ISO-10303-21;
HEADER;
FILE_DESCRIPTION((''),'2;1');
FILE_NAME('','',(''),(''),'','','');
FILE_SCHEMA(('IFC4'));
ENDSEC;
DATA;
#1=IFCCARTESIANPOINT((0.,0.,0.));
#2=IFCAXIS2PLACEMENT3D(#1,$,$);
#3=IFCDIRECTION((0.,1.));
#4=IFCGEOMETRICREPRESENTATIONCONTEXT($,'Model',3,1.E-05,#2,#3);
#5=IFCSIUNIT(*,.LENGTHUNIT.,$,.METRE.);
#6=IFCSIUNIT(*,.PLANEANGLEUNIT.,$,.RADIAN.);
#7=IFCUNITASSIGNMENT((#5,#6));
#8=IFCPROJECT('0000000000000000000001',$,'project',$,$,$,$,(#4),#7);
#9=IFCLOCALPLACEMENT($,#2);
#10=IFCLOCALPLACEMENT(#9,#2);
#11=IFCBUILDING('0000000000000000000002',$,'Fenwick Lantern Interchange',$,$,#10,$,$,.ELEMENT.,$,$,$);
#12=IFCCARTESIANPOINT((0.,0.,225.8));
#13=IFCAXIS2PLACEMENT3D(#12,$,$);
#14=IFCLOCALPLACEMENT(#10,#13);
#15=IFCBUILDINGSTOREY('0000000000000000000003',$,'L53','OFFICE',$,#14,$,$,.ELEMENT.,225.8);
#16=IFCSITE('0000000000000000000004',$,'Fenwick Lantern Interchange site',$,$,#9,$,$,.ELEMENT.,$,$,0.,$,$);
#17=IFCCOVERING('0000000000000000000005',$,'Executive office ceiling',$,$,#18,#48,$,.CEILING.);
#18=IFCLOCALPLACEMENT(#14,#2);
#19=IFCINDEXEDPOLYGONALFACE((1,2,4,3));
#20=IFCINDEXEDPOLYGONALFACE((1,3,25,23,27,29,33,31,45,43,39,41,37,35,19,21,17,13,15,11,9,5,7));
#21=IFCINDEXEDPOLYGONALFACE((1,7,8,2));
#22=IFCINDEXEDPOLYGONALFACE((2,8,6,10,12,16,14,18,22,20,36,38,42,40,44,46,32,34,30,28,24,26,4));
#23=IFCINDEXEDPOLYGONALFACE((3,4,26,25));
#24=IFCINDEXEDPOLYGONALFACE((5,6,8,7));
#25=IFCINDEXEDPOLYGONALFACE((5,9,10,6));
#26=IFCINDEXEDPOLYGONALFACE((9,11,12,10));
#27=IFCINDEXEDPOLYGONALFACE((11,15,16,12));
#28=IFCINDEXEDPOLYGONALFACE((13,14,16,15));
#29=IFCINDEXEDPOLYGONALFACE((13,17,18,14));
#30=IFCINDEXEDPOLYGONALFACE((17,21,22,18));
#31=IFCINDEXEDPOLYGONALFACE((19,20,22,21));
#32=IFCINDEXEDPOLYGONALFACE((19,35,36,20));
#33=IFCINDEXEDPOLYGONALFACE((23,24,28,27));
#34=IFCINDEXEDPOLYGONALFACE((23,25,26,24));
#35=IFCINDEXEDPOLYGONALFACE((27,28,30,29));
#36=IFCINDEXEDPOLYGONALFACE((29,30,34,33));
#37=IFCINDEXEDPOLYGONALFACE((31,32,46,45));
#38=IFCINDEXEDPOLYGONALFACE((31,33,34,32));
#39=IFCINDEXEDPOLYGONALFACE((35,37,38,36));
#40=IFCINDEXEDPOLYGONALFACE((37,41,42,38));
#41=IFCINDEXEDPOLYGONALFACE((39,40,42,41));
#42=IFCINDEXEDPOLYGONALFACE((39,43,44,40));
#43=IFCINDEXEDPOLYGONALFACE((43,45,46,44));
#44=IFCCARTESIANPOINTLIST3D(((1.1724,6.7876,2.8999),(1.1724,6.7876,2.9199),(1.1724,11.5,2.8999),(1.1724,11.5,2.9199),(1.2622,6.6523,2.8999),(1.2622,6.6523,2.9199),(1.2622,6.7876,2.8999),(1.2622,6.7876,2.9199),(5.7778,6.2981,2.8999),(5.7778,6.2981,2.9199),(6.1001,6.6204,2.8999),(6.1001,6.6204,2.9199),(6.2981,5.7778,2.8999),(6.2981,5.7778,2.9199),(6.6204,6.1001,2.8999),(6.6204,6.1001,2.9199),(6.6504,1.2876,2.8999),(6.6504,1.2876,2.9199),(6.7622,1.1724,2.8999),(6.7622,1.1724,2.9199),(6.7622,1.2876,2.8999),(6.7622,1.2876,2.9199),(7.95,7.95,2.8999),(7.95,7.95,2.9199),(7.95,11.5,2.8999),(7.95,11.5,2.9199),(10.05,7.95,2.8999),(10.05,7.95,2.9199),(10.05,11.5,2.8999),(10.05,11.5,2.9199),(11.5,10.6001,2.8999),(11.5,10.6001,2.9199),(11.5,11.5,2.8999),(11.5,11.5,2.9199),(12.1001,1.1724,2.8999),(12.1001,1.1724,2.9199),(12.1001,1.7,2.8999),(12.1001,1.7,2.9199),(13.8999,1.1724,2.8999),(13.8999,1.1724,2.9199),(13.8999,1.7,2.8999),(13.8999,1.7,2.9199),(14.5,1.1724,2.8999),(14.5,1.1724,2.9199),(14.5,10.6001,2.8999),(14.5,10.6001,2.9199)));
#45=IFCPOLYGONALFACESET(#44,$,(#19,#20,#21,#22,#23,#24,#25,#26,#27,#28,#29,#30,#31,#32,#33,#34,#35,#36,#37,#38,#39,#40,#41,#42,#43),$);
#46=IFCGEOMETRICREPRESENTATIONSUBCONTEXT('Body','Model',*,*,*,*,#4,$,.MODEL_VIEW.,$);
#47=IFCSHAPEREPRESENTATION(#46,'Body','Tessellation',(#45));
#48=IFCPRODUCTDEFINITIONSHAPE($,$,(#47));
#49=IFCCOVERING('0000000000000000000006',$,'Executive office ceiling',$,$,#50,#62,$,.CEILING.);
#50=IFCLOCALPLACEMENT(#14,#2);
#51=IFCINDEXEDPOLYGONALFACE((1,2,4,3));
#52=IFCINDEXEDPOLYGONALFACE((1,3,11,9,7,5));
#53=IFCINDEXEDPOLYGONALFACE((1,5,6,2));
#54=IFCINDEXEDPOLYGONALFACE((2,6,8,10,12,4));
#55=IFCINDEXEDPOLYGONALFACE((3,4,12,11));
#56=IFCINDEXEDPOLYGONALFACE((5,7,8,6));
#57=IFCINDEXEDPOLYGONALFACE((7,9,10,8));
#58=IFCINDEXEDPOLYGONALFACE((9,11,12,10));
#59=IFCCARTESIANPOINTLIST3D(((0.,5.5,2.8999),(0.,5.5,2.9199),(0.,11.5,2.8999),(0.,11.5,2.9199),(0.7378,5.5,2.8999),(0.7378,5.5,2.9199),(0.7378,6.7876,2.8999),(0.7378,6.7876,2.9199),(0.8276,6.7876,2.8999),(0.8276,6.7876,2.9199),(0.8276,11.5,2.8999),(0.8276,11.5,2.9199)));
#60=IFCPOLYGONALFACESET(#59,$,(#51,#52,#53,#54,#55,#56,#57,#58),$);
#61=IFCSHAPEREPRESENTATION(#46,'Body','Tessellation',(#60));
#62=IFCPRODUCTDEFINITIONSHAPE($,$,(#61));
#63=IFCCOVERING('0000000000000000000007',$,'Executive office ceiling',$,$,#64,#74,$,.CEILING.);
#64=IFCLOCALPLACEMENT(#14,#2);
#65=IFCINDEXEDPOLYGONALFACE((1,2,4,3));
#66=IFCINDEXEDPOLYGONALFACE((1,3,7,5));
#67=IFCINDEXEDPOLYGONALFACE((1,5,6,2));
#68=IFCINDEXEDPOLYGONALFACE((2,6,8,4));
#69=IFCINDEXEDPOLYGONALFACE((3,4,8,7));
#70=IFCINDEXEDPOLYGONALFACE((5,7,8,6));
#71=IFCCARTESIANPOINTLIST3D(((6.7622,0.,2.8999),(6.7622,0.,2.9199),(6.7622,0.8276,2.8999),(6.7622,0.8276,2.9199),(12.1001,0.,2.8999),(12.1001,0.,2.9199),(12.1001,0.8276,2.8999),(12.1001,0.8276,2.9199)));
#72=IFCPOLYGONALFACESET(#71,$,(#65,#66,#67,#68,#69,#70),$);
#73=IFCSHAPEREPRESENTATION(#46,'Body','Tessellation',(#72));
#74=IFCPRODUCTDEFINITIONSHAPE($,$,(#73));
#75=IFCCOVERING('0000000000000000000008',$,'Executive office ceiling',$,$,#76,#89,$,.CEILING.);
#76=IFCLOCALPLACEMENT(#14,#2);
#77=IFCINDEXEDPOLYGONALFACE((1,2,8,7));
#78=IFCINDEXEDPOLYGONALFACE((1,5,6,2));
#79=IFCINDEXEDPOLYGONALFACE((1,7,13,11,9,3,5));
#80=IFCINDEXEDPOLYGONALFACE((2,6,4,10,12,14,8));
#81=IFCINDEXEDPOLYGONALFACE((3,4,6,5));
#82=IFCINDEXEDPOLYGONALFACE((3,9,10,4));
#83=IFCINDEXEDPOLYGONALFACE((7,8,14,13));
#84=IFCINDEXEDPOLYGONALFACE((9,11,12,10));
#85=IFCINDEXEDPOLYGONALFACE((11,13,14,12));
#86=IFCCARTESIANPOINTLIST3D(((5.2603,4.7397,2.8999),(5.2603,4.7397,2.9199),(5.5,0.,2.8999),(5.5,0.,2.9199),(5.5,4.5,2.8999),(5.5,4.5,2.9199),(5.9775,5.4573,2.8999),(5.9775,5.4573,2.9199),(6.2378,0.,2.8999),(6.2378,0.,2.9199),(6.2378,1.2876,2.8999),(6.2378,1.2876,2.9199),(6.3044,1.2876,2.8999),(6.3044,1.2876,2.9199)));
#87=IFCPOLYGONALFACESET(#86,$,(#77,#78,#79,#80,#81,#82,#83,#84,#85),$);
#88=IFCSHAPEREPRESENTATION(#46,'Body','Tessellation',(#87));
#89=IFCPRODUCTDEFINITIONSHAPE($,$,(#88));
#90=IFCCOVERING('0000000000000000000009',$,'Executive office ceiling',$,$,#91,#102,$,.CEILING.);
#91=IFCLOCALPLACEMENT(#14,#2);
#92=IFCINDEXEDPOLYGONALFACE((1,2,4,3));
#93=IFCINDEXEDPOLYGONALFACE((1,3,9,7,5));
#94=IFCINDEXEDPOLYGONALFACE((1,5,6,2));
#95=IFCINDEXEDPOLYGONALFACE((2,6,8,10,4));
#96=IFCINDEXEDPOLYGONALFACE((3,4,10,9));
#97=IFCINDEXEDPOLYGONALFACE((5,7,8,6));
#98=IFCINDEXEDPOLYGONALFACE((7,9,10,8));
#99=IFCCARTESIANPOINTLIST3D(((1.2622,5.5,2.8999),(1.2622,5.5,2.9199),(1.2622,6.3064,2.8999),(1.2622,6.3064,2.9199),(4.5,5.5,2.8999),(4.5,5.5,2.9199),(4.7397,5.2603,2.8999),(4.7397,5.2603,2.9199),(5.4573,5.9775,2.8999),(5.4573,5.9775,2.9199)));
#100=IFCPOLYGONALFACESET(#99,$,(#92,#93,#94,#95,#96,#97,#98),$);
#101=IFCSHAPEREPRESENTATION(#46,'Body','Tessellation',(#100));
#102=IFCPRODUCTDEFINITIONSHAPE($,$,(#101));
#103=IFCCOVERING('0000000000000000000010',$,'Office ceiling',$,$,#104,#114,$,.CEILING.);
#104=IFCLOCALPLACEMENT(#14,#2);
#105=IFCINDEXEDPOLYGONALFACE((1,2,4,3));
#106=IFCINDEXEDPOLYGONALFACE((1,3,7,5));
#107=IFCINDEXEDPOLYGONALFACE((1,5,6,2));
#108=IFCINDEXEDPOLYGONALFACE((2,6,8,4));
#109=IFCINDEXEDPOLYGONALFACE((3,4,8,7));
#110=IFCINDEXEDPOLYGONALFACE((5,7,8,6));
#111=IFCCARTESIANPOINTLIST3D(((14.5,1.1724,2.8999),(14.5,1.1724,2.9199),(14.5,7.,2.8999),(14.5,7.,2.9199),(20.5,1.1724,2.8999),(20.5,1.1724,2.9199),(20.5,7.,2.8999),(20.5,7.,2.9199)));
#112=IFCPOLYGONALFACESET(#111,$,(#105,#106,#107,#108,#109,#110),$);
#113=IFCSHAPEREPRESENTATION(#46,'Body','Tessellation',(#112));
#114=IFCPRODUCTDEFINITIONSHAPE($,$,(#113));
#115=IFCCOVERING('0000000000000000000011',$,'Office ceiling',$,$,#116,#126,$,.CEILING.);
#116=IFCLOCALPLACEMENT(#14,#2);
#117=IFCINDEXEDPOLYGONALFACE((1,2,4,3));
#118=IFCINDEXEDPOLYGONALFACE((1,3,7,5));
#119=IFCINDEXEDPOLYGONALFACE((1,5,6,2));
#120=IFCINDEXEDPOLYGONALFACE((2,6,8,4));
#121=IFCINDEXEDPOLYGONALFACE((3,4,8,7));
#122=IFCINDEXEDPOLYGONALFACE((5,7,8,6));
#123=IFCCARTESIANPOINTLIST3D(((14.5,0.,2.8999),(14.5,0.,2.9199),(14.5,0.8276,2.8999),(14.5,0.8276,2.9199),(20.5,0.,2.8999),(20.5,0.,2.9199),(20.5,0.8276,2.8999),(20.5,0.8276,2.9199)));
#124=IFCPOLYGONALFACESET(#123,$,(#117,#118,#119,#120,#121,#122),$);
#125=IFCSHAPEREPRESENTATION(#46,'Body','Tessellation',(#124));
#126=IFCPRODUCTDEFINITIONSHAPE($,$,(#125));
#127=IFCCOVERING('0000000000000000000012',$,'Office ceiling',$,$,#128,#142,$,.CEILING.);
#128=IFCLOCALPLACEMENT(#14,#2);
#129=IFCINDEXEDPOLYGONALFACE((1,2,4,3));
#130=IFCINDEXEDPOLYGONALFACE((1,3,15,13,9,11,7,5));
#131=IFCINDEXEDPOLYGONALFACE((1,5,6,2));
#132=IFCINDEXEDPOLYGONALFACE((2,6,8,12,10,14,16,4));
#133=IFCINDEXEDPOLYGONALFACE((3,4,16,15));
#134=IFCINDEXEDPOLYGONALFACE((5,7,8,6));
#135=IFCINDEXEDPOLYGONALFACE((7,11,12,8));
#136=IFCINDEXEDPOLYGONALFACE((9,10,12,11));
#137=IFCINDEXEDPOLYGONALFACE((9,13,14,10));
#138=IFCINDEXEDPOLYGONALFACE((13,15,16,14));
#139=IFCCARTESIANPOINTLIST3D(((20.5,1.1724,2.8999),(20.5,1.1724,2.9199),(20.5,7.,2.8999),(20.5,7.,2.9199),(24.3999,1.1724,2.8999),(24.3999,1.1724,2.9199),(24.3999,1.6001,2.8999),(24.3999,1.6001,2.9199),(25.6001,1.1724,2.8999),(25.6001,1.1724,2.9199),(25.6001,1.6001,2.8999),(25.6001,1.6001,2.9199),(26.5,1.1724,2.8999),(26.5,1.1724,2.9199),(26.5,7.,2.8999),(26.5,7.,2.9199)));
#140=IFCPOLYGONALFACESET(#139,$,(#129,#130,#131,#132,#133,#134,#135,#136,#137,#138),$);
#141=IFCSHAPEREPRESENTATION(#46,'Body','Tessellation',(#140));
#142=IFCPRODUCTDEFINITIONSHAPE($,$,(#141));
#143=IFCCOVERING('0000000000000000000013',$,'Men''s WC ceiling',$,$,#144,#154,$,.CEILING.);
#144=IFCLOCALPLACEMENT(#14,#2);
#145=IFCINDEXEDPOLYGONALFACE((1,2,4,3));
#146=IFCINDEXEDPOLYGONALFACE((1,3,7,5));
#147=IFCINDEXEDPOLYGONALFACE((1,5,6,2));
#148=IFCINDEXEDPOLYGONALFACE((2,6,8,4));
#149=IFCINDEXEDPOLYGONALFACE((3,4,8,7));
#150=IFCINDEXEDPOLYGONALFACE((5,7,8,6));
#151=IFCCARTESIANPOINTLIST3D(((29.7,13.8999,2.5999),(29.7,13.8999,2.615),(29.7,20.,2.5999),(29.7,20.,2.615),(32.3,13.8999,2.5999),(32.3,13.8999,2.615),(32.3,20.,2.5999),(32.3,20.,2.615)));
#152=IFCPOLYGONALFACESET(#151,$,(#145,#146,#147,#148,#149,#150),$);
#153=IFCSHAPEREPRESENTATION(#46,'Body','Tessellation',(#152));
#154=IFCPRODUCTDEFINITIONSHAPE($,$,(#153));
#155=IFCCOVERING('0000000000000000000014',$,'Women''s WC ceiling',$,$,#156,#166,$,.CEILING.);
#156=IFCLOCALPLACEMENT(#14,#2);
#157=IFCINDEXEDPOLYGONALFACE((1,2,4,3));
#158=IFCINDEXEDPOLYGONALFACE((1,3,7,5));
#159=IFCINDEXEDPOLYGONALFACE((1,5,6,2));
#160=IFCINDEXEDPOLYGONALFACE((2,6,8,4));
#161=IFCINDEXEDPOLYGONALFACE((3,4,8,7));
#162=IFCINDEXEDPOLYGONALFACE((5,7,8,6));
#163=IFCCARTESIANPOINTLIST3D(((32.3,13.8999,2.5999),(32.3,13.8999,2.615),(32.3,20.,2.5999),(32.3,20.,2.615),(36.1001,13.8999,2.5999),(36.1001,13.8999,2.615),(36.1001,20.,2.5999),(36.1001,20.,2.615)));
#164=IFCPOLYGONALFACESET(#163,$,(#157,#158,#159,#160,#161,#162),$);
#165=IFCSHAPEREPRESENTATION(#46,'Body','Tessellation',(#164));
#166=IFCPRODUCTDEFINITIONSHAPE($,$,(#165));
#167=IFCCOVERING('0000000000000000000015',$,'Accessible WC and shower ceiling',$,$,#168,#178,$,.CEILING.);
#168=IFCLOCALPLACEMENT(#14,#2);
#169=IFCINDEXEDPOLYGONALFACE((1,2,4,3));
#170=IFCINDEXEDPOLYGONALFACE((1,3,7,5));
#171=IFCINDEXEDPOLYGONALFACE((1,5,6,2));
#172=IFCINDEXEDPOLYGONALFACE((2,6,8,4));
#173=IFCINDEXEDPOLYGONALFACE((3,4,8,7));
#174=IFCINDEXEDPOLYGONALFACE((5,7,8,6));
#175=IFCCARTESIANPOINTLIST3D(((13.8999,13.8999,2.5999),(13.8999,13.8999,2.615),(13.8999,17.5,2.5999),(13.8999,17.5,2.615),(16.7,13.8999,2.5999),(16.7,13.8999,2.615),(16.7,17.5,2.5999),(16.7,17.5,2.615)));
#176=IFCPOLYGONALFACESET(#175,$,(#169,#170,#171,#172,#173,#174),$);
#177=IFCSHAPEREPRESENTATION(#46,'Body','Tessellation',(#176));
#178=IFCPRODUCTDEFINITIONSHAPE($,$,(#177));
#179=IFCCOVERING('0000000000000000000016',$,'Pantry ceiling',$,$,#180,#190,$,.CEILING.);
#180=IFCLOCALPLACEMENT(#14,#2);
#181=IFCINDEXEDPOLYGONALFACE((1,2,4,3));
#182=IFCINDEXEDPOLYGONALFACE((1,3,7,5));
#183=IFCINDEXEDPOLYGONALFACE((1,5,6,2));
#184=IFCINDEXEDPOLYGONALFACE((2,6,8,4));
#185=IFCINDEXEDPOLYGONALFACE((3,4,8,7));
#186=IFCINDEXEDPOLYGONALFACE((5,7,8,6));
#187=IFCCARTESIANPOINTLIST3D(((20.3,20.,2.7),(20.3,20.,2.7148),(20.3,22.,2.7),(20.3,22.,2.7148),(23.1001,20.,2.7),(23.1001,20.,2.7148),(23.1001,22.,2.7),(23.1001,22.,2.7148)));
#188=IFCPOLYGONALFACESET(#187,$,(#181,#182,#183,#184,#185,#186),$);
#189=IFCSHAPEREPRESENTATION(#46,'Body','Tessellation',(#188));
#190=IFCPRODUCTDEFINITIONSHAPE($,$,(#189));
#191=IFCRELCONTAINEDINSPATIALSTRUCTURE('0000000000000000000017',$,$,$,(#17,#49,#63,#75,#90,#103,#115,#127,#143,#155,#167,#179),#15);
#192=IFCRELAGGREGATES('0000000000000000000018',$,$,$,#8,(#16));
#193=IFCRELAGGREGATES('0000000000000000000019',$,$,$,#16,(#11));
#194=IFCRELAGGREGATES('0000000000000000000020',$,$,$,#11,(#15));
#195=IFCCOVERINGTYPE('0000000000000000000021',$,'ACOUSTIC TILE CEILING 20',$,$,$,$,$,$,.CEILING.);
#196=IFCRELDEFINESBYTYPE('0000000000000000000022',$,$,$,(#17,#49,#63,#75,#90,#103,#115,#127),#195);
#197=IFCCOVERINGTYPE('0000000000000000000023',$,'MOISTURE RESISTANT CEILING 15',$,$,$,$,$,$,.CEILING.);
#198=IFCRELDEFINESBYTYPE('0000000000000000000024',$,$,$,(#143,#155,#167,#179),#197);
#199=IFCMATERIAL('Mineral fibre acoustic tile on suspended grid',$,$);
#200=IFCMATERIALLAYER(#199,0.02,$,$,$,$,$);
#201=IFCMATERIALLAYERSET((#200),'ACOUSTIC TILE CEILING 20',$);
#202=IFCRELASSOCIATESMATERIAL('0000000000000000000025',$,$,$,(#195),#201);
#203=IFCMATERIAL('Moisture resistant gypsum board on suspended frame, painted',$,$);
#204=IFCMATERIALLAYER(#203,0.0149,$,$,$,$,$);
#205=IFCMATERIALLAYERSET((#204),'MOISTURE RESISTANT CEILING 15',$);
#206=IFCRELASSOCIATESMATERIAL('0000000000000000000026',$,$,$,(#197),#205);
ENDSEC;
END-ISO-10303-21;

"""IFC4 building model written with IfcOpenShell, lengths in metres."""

from ifc_helpers import new_model, si_unit, direction, frame, origin, place, context, subcontext, project, spatial, polyline, outline, extrude, material, layer, layer_set, type_object, element, save


model = new_model("IFC4")

# Units and contexts
model_context = context("Model", 3, precision=1e-05, world=origin(), true_north=direction((0.0, 1.0)))
body_context = subcontext(model_context, "Body", "Model", "MODEL_VIEW")
ifc_project = project(units=[si_unit("LENGTHUNIT", "METRE"), si_unit("PLANEANGLEUNIT", "RADIAN")], contexts=[model_context])

# Site, building, storey
site_placement = place(None, origin())
site = spatial("IfcSite", under=ifc_project, at=site_placement, Name="Fenwick Lantern Interchange site", CompositionType="ELEMENT", RefElevation=0.0)
building_placement = place(site_placement, origin())
building = spatial("IfcBuilding", under=site, at=building_placement, Name="Fenwick Lantern Interchange", CompositionType="ELEMENT")
storey_placement = place(building_placement, frame((0.0, 0.0, 225.8)))
storey = spatial("IfcBuildingStorey", under=building, at=storey_placement, Name="L53", Description="OFFICE", CompositionType="ELEMENT", Elevation=225.8)

# Coverings
ifc_material_1 = material(Name="Mineral fibre acoustic tile on suspended grid")
ifc_layer_1 = layer(ifc_material_1, 0.02)
ifc_layer_set_1 = layer_set([ifc_layer_1], Name="ACOUSTIC TILE CEILING 20")
covering_type_1 = type_object("IfcCoveringType", Name="ACOUSTIC TILE CEILING 20", PredefinedType="CEILING", material=ifc_layer_set_1)
covering_1_placement = place(storey_placement, frame((0.0, 0.0, 2.8999)))
element("IfcCovering", 1, at=covering_1_placement, inside=storey, type_object=covering_type_1, Name="Executive office ceiling", PredefinedType="CEILING", context=body_context, shape_type="SweptSolid", body=[
    extrude(outline(polyline([(10.05, 7.95), (7.95, 7.95), (7.95, 11.5), (1.1724, 11.5), (1.1724, 6.7876), (1.2622, 6.7876), (1.2622, 6.6523), (5.7778, 6.2981), (6.1001, 6.6204), (6.6204, 6.1001), (6.2981, 5.7778), (6.6504, 1.2876), (6.7622, 1.2876), (6.7622, 1.1724), (12.1001, 1.1724), (12.1001, 1.7), (13.8999, 1.7), (13.8999, 1.1724), (14.5, 1.1724), (14.5, 10.6001), (11.5, 10.6001), (11.5, 11.5), (10.05, 11.5), (10.05, 7.95)])), origin(), (0.0, 0.0, 1.0), 0.02),
])
covering_2_placement = place(storey_placement, frame((0.0, 0.0, 2.8999)))
element("IfcCovering", 2, at=covering_2_placement, inside=storey, type_object=covering_type_1, Name="Executive office ceiling", PredefinedType="CEILING", context=body_context, shape_type="SweptSolid", body=[
    extrude(outline(polyline([(0.7378, 6.7876), (0.8276, 6.7876), (0.8276, 11.5), (0.0, 11.5), (0.0, 5.5), (0.7378, 5.5), (0.7378, 6.7876)])), origin(), (0.0, 0.0, 1.0), 0.02),
])
covering_3_placement = place(storey_placement, frame((0.0, 0.0, 2.8999)))
element("IfcCovering", 3, at=covering_3_placement, inside=storey, type_object=covering_type_1, Name="Executive office ceiling", PredefinedType="CEILING", context=body_context, shape_type="SweptSolid", body=[
    extrude(outline(polyline([(12.1001, 0.0), (12.1001, 0.8276), (6.7622, 0.8276), (6.7622, 0.0), (12.1001, 0.0)])), origin(), (0.0, 0.0, 1.0), 0.02),
])
covering_4_placement = place(storey_placement, frame((0.0, 0.0, 2.8999)))
element("IfcCovering", 4, at=covering_4_placement, inside=storey, type_object=covering_type_1, Name="Executive office ceiling", PredefinedType="CEILING", context=body_context, shape_type="SweptSolid", body=[
    extrude(outline(polyline([(6.2378, 1.2876), (6.3044, 1.2876), (5.9775, 5.4573), (5.2603, 4.7397), (5.5, 4.5), (5.5, 0.0), (6.2378, 0.0), (6.2378, 1.2876)])), origin(), (0.0, 0.0, 1.0), 0.02),
])
covering_5_placement = place(storey_placement, frame((0.0, 0.0, 2.8999)))
element("IfcCovering", 5, at=covering_5_placement, inside=storey, type_object=covering_type_1, Name="Executive office ceiling", PredefinedType="CEILING", context=body_context, shape_type="SweptSolid", body=[
    extrude(outline(polyline([(4.7397, 5.2603), (5.4573, 5.9775), (1.2622, 6.3064), (1.2622, 5.5), (4.5, 5.5), (4.7397, 5.2603)])), origin(), (0.0, 0.0, 1.0), 0.02),
])
covering_6_placement = place(storey_placement, frame((0.0, 0.0, 2.8999)))
element("IfcCovering", 6, at=covering_6_placement, inside=storey, type_object=covering_type_1, Name="Office ceiling", PredefinedType="CEILING", context=body_context, shape_type="SweptSolid", body=[
    extrude(outline(polyline([(14.5, 7.0), (14.5, 1.1724), (20.5, 1.1724), (20.5, 7.0), (14.5, 7.0)])), origin(), (0.0, 0.0, 1.0), 0.02),
])
covering_7_placement = place(storey_placement, frame((0.0, 0.0, 2.8999)))
element("IfcCovering", 7, at=covering_7_placement, inside=storey, type_object=covering_type_1, Name="Office ceiling", PredefinedType="CEILING", context=body_context, shape_type="SweptSolid", body=[
    extrude(outline(polyline([(20.5, 0.0), (20.5, 0.8276), (14.5, 0.8276), (14.5, 0.0), (20.5, 0.0)])), origin(), (0.0, 0.0, 1.0), 0.02),
])
covering_8_placement = place(storey_placement, frame((0.0, 0.0, 2.8999)))
element("IfcCovering", 8, at=covering_8_placement, inside=storey, type_object=covering_type_1, Name="Office ceiling", PredefinedType="CEILING", context=body_context, shape_type="SweptSolid", body=[
    extrude(outline(polyline([(20.5, 7.0), (20.5, 1.1724), (24.3999, 1.1724), (24.3999, 1.6001), (25.6001, 1.6001), (25.6001, 1.1724), (26.5, 1.1724), (26.5, 7.0), (20.5, 7.0)])), origin(), (0.0, 0.0, 1.0), 0.02),
])
ifc_material_2 = material(Name="Moisture resistant gypsum board on suspended frame, painted")
ifc_layer_2 = layer(ifc_material_2, 0.0149)
ifc_layer_set_2 = layer_set([ifc_layer_2], Name="MOISTURE RESISTANT CEILING 15")
covering_type_2 = type_object("IfcCoveringType", Name="MOISTURE RESISTANT CEILING 15", PredefinedType="CEILING", material=ifc_layer_set_2)
covering_9_placement = place(storey_placement, frame((0.0, 0.0, 2.5999)))
element("IfcCovering", 9, at=covering_9_placement, inside=storey, type_object=covering_type_2, Name="Men's WC ceiling", PredefinedType="CEILING", context=body_context, shape_type="SweptSolid", body=[
    extrude(outline(polyline([(29.7, 13.8999), (32.3, 13.8999), (32.3, 20.0), (29.7, 20.0), (29.7, 13.8999)])), origin(), (0.0, 0.0, 1.0), 0.0151),
])
covering_10_placement = place(storey_placement, frame((0.0, 0.0, 2.5999)))
element("IfcCovering", 10, at=covering_10_placement, inside=storey, type_object=covering_type_2, Name="Women's WC ceiling", PredefinedType="CEILING", context=body_context, shape_type="SweptSolid", body=[
    extrude(outline(polyline([(32.3, 13.8999), (36.1001, 13.8999), (36.1001, 20.0), (32.3, 20.0), (32.3, 13.8999)])), origin(), (0.0, 0.0, 1.0), 0.0151),
])
covering_11_placement = place(storey_placement, frame((0.0, 0.0, 2.5999)))
element("IfcCovering", 11, at=covering_11_placement, inside=storey, type_object=covering_type_2, Name="Accessible WC and shower ceiling", PredefinedType="CEILING", context=body_context, shape_type="SweptSolid", body=[
    extrude(outline(polyline([(13.8999, 13.8999), (16.7, 13.8999), (16.7, 17.5), (13.8999, 17.5), (13.8999, 13.8999)])), origin(), (0.0, 0.0, 1.0), 0.0151),
])
covering_12_placement = place(storey_placement, frame((0.0, 0.0, 2.7)))
element("IfcCovering", 12, at=covering_12_placement, inside=storey, type_object=covering_type_2, Name="Pantry ceiling", PredefinedType="CEILING", context=body_context, shape_type="SweptSolid", body=[
    extrude(outline(polyline([(20.3, 20.0), (23.1001, 20.0), (23.1001, 22.0), (20.3, 22.0), (20.3, 20.0)])), origin(), (0.0, 0.0, 1.0), 0.0149),
])

save(model, "model.ifc")
